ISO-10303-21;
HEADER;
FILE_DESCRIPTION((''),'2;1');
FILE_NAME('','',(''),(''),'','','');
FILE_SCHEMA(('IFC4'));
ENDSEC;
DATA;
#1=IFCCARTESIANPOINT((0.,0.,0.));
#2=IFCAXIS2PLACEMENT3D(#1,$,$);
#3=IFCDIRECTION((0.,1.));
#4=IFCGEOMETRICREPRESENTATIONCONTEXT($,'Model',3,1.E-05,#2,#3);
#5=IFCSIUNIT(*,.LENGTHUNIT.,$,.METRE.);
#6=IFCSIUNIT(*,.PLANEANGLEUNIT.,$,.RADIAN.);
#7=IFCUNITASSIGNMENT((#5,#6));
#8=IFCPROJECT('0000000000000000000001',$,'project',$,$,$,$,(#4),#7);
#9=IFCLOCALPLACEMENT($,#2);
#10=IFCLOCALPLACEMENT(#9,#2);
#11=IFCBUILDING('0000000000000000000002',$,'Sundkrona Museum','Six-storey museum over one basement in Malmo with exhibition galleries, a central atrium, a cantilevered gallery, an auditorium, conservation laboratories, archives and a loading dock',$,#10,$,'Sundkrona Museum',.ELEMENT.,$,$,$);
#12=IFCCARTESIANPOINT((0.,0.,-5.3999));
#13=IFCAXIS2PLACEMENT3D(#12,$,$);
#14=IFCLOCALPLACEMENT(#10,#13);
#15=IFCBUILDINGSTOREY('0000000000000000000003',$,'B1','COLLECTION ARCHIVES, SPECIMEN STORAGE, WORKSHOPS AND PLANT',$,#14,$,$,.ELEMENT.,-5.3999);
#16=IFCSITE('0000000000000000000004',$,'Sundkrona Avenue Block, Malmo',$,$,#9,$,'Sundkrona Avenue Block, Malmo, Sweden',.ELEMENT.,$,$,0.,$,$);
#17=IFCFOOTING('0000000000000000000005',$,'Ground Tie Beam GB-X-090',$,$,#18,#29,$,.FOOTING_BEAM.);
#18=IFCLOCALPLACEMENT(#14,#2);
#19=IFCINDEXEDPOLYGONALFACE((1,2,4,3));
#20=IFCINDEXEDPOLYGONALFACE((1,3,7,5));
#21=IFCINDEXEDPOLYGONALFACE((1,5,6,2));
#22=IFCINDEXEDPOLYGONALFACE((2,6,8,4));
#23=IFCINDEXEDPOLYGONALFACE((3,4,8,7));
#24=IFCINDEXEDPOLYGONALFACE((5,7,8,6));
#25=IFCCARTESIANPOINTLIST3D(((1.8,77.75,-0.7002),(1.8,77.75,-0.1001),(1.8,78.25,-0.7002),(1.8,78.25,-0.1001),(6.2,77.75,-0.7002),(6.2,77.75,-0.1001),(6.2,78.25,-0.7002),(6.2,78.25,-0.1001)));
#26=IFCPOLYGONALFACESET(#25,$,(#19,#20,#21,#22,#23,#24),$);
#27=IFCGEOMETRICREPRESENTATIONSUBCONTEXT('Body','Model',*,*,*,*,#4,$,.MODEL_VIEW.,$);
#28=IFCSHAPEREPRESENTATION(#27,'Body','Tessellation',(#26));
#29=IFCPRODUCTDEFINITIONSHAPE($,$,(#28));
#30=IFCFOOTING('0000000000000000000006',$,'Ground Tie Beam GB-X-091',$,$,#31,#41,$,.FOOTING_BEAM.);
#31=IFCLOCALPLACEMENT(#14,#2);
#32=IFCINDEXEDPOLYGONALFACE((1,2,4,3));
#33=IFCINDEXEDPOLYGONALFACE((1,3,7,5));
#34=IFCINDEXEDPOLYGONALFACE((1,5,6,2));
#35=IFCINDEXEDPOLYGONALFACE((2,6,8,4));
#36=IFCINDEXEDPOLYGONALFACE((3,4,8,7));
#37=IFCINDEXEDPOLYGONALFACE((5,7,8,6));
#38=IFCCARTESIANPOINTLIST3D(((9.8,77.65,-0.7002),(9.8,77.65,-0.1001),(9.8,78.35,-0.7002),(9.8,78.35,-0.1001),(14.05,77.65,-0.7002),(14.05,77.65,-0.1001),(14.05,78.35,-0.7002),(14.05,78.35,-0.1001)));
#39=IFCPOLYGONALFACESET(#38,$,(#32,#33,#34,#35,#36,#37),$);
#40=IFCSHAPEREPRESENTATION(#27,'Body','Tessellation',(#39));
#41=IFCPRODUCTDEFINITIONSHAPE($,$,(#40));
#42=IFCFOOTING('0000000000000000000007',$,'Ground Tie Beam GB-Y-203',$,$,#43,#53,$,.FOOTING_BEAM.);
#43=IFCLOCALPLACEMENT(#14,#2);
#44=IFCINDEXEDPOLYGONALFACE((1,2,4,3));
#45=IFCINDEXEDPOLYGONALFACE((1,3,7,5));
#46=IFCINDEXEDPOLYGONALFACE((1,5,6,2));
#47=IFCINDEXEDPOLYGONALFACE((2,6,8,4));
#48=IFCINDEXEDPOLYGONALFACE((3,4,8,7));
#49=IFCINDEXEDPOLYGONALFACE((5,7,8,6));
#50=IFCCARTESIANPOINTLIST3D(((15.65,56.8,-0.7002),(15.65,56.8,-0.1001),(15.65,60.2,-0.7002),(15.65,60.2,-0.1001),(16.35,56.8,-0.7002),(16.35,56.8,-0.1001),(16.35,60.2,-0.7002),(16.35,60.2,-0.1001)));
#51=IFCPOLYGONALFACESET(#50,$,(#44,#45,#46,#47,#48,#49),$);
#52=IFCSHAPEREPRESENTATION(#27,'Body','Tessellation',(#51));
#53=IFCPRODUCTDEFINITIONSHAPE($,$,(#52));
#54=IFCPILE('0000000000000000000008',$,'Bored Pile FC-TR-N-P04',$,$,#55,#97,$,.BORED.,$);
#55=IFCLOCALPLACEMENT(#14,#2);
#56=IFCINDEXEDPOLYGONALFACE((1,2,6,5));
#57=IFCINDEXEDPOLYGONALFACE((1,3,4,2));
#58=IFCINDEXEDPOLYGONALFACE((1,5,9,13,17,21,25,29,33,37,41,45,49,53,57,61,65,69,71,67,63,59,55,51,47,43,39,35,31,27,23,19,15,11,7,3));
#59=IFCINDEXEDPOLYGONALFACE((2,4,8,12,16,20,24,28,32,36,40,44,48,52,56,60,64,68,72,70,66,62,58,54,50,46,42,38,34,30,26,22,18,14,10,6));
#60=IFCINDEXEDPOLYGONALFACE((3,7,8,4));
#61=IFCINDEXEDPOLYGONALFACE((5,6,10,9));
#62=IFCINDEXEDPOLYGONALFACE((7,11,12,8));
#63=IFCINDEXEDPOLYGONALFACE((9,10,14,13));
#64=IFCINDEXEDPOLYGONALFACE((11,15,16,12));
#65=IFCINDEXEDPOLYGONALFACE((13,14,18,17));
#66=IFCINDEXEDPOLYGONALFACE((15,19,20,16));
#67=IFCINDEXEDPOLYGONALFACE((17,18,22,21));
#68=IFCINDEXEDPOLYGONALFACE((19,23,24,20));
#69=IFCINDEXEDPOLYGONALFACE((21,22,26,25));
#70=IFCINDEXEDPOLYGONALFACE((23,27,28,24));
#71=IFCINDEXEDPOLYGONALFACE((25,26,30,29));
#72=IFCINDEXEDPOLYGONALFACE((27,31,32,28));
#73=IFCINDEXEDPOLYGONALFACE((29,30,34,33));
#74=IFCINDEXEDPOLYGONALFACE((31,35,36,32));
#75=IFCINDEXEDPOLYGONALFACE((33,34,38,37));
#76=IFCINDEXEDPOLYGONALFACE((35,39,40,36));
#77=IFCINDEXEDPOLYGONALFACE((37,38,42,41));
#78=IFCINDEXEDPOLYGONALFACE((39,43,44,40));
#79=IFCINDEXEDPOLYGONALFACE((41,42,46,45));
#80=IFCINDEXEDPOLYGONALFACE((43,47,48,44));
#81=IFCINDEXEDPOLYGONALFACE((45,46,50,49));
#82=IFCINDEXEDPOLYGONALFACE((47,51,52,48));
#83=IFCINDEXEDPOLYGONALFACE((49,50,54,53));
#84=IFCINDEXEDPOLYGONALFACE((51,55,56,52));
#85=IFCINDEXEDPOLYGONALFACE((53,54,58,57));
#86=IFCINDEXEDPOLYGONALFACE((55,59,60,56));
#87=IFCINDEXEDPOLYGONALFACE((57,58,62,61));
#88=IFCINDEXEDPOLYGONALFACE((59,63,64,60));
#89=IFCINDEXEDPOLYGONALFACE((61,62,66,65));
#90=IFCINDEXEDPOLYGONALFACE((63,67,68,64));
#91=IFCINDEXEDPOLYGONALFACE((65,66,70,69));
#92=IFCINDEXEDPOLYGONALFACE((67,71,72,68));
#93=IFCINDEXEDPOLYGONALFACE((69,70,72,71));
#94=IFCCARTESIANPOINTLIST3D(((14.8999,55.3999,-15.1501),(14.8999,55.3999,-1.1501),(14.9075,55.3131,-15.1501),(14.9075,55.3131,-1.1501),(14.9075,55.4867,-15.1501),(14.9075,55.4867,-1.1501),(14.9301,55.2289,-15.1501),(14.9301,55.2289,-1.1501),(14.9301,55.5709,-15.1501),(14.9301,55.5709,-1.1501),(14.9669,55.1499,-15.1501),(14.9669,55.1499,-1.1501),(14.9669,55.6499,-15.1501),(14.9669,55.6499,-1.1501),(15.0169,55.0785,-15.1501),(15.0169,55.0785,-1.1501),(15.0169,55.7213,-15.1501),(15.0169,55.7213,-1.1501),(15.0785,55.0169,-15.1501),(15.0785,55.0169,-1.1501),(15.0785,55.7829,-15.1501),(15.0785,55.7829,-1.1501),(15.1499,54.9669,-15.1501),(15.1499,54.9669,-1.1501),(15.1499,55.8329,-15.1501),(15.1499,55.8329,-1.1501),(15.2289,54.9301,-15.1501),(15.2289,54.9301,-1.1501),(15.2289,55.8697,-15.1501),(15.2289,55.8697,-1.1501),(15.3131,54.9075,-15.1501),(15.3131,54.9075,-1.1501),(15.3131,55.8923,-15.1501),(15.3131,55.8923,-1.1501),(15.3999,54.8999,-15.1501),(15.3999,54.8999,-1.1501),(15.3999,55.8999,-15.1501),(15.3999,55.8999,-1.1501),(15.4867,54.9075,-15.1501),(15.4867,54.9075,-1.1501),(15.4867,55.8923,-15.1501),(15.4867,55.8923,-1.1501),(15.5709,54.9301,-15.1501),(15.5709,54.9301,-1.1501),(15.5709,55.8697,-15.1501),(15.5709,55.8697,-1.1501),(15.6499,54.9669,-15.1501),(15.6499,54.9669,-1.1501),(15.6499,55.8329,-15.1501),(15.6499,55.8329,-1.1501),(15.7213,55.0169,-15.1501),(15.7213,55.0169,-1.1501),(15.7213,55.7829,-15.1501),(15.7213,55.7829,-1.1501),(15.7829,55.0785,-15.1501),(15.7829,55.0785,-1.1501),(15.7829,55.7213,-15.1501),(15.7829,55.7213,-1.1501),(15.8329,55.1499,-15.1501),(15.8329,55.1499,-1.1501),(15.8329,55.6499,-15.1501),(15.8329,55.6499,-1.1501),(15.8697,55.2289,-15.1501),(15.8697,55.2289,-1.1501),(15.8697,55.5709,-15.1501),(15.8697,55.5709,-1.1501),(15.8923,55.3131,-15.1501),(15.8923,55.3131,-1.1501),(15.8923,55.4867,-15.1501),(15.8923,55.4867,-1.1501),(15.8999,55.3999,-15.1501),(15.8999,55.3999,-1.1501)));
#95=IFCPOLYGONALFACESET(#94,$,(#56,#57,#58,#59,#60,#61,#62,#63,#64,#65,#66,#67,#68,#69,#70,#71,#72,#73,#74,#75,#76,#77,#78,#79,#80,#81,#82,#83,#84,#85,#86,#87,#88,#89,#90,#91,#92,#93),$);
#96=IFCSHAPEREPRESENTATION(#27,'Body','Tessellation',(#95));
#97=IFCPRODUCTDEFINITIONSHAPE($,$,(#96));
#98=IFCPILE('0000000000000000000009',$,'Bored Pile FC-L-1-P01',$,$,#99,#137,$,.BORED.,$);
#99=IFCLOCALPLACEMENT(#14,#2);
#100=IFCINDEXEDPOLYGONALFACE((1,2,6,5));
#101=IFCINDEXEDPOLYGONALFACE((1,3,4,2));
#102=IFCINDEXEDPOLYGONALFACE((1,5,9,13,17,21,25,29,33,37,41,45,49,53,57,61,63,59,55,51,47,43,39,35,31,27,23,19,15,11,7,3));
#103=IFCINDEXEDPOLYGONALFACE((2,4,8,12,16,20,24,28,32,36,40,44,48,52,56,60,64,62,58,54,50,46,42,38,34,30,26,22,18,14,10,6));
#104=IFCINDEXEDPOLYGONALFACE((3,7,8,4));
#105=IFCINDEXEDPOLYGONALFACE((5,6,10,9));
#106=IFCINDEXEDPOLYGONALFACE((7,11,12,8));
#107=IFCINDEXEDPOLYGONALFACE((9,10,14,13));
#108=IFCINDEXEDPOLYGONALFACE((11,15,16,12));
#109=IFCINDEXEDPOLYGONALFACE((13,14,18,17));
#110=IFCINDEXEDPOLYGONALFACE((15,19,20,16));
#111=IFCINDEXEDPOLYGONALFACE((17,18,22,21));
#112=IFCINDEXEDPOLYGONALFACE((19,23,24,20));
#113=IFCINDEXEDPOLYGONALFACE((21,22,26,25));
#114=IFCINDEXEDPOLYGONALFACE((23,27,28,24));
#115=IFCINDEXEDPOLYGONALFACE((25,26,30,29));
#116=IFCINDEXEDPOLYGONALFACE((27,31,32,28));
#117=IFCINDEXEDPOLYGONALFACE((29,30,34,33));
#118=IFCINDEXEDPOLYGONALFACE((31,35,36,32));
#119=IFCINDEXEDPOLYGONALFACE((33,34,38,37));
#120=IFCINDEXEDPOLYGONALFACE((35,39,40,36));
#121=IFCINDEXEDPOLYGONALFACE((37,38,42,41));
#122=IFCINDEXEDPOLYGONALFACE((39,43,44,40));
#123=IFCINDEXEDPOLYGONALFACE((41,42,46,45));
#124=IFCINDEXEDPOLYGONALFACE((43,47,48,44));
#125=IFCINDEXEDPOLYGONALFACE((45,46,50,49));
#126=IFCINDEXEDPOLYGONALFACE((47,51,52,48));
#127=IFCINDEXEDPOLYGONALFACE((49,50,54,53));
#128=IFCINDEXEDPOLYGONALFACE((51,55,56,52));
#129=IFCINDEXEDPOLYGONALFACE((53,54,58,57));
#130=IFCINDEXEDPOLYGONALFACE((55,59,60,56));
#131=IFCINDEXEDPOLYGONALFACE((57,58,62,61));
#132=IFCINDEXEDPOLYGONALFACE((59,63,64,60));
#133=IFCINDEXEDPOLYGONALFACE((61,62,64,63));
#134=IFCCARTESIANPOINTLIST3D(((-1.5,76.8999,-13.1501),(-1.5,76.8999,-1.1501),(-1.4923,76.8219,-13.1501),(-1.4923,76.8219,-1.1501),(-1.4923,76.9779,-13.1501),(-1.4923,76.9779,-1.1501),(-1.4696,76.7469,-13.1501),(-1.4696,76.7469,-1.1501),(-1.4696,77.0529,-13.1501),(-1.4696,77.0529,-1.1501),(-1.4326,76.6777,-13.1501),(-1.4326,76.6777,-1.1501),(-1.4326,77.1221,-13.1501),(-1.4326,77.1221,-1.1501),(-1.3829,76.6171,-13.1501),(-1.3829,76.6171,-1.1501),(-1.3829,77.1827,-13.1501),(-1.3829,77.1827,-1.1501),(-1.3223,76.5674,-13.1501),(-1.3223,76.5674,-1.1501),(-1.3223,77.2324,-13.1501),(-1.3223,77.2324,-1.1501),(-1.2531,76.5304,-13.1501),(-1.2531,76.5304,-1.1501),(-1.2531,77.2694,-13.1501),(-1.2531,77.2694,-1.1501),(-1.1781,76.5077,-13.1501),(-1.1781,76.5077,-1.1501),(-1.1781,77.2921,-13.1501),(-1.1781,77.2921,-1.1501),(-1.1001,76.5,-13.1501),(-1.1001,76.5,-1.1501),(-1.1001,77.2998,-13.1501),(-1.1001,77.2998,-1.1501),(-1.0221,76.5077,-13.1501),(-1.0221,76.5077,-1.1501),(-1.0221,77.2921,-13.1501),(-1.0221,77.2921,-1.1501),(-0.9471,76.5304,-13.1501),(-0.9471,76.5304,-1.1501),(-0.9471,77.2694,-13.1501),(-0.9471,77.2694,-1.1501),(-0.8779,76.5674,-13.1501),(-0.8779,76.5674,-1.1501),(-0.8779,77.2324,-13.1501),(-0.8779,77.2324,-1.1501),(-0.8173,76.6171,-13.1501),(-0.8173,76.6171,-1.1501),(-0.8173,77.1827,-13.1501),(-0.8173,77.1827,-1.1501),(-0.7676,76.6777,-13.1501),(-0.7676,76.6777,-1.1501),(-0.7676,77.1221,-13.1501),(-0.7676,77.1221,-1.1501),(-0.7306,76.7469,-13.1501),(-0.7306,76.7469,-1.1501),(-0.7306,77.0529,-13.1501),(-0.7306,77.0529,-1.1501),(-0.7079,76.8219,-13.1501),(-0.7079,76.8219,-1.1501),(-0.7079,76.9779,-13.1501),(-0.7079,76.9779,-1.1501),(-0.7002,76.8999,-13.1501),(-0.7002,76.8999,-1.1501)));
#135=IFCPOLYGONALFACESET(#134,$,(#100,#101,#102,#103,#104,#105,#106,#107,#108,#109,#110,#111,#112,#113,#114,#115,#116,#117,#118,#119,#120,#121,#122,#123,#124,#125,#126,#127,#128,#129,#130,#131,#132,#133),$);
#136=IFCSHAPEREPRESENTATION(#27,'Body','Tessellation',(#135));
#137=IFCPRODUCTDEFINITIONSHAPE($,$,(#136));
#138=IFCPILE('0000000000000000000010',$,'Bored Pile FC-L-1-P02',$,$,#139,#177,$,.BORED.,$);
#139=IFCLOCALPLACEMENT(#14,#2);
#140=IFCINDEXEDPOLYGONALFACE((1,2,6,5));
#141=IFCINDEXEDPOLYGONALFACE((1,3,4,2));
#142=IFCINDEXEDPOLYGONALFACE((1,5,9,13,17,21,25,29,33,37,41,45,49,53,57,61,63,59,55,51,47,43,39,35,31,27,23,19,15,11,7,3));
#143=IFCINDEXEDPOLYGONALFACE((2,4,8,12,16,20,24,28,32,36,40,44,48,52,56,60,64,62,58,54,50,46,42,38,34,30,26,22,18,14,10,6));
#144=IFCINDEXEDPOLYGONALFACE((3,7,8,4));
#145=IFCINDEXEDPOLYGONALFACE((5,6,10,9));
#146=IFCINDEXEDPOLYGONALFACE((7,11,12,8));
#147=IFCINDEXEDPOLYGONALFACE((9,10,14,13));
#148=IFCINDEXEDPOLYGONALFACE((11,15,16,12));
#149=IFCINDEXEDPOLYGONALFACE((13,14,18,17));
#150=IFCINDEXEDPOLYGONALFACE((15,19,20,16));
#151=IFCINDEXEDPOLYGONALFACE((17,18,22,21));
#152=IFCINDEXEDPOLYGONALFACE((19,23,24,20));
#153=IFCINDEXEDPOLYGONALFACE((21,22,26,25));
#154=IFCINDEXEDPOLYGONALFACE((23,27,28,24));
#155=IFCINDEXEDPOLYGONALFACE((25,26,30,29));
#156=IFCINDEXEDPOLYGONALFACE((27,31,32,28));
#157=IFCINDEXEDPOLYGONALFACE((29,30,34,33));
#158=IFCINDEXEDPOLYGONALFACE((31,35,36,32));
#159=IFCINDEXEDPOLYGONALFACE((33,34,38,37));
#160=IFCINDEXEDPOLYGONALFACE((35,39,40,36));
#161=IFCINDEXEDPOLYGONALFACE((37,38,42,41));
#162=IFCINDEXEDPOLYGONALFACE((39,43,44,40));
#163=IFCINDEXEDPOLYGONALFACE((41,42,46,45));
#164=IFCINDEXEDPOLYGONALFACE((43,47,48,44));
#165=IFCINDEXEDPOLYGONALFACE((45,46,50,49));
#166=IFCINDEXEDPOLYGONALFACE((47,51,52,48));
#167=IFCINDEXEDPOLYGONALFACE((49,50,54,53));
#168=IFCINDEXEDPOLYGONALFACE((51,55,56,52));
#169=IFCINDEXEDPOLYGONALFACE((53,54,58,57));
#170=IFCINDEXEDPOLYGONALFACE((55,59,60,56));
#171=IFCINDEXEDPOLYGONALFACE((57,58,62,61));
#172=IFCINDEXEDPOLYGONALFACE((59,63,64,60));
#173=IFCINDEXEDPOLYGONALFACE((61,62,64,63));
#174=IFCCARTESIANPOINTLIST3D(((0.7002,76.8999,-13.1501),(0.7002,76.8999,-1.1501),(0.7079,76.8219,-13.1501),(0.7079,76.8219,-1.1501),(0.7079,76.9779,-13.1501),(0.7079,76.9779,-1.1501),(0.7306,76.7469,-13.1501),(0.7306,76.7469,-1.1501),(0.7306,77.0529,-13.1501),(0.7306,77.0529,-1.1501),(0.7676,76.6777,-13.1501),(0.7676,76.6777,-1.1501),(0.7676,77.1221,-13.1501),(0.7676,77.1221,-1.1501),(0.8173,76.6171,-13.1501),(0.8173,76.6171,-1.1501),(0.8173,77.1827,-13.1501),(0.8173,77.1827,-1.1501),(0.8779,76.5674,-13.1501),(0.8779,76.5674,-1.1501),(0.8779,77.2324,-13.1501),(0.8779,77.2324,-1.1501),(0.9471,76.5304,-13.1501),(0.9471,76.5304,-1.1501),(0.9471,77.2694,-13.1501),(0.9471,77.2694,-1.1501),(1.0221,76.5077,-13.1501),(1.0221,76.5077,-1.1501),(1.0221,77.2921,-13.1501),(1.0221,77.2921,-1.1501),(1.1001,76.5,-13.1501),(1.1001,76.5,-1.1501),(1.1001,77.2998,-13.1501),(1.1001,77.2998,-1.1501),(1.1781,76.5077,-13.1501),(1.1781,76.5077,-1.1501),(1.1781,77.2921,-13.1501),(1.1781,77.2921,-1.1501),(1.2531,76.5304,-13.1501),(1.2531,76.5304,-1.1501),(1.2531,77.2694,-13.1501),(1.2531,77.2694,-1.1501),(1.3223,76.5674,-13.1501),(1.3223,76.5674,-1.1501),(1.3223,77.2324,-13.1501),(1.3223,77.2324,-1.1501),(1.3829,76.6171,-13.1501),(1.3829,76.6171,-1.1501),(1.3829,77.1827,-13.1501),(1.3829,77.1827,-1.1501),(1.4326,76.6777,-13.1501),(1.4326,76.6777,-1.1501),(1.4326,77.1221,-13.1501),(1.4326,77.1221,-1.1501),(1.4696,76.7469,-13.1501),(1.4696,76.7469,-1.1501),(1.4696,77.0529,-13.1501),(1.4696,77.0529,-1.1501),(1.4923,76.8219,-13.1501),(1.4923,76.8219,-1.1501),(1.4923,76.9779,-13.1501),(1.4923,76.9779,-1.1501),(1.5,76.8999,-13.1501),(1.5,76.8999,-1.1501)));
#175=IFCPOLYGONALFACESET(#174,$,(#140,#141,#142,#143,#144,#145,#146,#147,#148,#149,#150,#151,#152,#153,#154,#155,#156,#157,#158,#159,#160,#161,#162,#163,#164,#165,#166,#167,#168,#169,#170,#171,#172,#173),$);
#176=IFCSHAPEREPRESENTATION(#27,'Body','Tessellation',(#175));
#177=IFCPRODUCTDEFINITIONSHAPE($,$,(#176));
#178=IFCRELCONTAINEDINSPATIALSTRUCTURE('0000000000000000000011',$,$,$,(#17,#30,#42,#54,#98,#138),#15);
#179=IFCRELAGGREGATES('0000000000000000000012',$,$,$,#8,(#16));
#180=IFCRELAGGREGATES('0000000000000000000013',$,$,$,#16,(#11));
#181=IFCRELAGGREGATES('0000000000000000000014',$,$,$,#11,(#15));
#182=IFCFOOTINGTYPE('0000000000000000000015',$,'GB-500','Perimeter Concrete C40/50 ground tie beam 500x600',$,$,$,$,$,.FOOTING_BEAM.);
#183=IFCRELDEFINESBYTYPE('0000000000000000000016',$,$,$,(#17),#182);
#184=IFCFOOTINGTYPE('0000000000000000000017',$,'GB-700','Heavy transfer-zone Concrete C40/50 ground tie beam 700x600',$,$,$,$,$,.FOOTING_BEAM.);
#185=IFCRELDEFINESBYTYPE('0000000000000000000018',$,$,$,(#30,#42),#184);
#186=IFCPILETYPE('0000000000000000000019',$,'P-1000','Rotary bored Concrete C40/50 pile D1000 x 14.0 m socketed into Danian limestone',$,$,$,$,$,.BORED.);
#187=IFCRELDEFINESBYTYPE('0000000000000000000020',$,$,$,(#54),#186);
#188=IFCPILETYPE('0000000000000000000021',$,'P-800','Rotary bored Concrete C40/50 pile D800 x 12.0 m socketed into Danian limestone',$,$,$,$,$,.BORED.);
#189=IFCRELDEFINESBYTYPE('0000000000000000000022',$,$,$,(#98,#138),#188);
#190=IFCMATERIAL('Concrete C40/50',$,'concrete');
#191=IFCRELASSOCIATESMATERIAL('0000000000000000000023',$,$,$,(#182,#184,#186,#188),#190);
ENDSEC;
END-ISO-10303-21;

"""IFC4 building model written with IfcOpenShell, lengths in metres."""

from ifc_helpers import new_model, si_unit, direction, frame, origin, origin_2d, place, context, subcontext, project, spatial, rectangle, circle, extrude, material, material_profile, profile_set, type_object, element, save


model = new_model("IFC4")

# Units and contexts
model_context = context("Model", 3, precision=1e-05, world=origin(), true_north=direction((0.0, 1.0)))
body_context = subcontext(model_context, "Body", "Model", "MODEL_VIEW")
ifc_project = project(units=[si_unit("LENGTHUNIT", "METRE"), si_unit("PLANEANGLEUNIT", "RADIAN")], contexts=[model_context])

# Site, building, storey
site_placement = place(None, origin())
site = spatial("IfcSite", under=ifc_project, at=site_placement, Name="Sundkrona Avenue Block, Malmo", LongName="Sundkrona Avenue Block, Malmo, Sweden", CompositionType="ELEMENT", RefElevation=0.0)
building_placement = place(site_placement, origin())
building = spatial("IfcBuilding", under=site, at=building_placement, Name="Sundkrona Museum", Description="Six-storey museum over one basement in Malmo with exhibition galleries, a central atrium, a cantilevered gallery, an auditorium, conservation laboratories, archives and a loading dock", LongName="Sundkrona Museum", CompositionType="ELEMENT")
storey_placement = place(building_placement, frame((0.0, 0.0, -5.3999)))
storey = spatial("IfcBuildingStorey", under=building, at=storey_placement, Name="B1", Description="COLLECTION ARCHIVES, SPECIMEN STORAGE, WORKSHOPS AND PLANT", CompositionType="ELEMENT", Elevation=-5.3999)

# Footings
ifc_material_1 = material(Name="Concrete C40/50", Category="concrete")
footing_type_1 = type_object("IfcFootingType", Name="GB-500", Description="Perimeter Concrete C40/50 ground tie beam 500x600", PredefinedType="FOOTING_BEAM", material=ifc_material_1)
footing_1_placement = place(storey_placement, frame((4.0, 78.0, -0.7002), z_axis=(0.0, 0.0, 1.0), x_axis=(1.0, 0.0, 0.0)))
element("IfcFooting", 1, at=footing_1_placement, inside=storey, type_object=footing_type_1, Name="Ground Tie Beam GB-X-090", PredefinedType="FOOTING_BEAM", context=body_context, shape_type="SweptSolid", body=[
    extrude(rectangle(XDim=4.3999, YDim=0.5, at=origin_2d()), origin(), (0.0, 0.0, 1.0), 0.6001),
])
footing_type_2 = type_object("IfcFootingType", Name="GB-700", Description="Heavy transfer-zone Concrete C40/50 ground tie beam 700x600", PredefinedType="FOOTING_BEAM", material=ifc_material_1)
footing_2_placement = place(storey_placement, frame((11.925, 78.0, -0.7002), z_axis=(0.0, 0.0, 1.0), x_axis=(1.0, 0.0, 0.0)))
element("IfcFooting", 2, at=footing_2_placement, inside=storey, type_object=footing_type_2, Name="Ground Tie Beam GB-X-091", PredefinedType="FOOTING_BEAM", context=body_context, shape_type="SweptSolid", body=[
    extrude(rectangle(XDim=4.25, YDim=0.7, at=origin_2d()), origin(), (0.0, 0.0, 1.0), 0.6001),
])
footing_3_placement = place(storey_placement, frame((16.0, 58.5, -0.7002), z_axis=(0.0, 0.0, 1.0), x_axis=(0.0, 1.0, 0.0)))
element("IfcFooting", 3, at=footing_3_placement, inside=storey, type_object=footing_type_2, Name="Ground Tie Beam GB-Y-203", PredefinedType="FOOTING_BEAM", context=body_context, shape_type="SweptSolid", body=[
    extrude(rectangle(XDim=3.3999, YDim=0.7, at=origin_2d()), origin(), (0.0, 0.0, 1.0), 0.6001),
])

# Piles
ifc_material_profile_1 = material_profile(ifc_material_1, circle(Radius=0.5, at=origin_2d()), Name="PILE D1000")
ifc_profile_set_1 = profile_set([ifc_material_profile_1], Name="Concrete C40/50")
pile_type_1 = type_object("IfcPileType", Name="P-1000", Description="Rotary bored Concrete C40/50 pile D1000 x 14.0 m socketed into Danian limestone", PredefinedType="BORED", material=ifc_profile_set_1)
pile_placement = place(storey_placement, frame((15.3999, 55.3999, -1.1501), z_axis=(0.0, 0.0, -1.0), x_axis=(1.0, 0.0, 0.0)))
element("IfcPile", 4, at=pile_placement, inside=storey, type_object=pile_type_1, Name="Bored Pile FC-TR-N-P04", PredefinedType="BORED", context=body_context, shape_type="SweptSolid", body=[
    extrude(circle(Radius=0.5, at=origin_2d()), origin(), (0.0, 0.0, 1.0), 14.0),
])
ifc_material_profile_2 = material_profile(ifc_material_1, circle(Radius=0.3999, at=origin_2d()), Name="PILE D800")
ifc_profile_set_2 = profile_set([ifc_material_profile_2], Name="Concrete C40/50")
pile_type_2 = type_object("IfcPileType", Name="P-800", Description="Rotary bored Concrete C40/50 pile D800 x 12.0 m socketed into Danian limestone", PredefinedType="BORED", material=ifc_profile_set_2)
for number, where, z_axis, x_axis, name in (
    (5, (-1.1001, 76.8999, -1.1501), (0.0, 0.0, -1.0), (1.0, 0.0, 0.0), "Bored Pile FC-L-1-P01"),
    (6, (1.1001, 76.8999, -1.1501), (0.0, 0.0, -1.0), (1.0, 0.0, 0.0), "Bored Pile FC-L-1-P02"),
):
    element("IfcPile", number, at=place(storey_placement, frame(where, z_axis=z_axis, x_axis=x_axis)), inside=storey, type_object=pile_type_2, Name=name, PredefinedType="BORED", context=body_context, shape_type="SweptSolid", body=[
        extrude(circle(Radius=0.3999, at=origin_2d()), origin(), (0.0, 0.0, 1.0), 12.0),
    ])

save(model, "model.ifc")
